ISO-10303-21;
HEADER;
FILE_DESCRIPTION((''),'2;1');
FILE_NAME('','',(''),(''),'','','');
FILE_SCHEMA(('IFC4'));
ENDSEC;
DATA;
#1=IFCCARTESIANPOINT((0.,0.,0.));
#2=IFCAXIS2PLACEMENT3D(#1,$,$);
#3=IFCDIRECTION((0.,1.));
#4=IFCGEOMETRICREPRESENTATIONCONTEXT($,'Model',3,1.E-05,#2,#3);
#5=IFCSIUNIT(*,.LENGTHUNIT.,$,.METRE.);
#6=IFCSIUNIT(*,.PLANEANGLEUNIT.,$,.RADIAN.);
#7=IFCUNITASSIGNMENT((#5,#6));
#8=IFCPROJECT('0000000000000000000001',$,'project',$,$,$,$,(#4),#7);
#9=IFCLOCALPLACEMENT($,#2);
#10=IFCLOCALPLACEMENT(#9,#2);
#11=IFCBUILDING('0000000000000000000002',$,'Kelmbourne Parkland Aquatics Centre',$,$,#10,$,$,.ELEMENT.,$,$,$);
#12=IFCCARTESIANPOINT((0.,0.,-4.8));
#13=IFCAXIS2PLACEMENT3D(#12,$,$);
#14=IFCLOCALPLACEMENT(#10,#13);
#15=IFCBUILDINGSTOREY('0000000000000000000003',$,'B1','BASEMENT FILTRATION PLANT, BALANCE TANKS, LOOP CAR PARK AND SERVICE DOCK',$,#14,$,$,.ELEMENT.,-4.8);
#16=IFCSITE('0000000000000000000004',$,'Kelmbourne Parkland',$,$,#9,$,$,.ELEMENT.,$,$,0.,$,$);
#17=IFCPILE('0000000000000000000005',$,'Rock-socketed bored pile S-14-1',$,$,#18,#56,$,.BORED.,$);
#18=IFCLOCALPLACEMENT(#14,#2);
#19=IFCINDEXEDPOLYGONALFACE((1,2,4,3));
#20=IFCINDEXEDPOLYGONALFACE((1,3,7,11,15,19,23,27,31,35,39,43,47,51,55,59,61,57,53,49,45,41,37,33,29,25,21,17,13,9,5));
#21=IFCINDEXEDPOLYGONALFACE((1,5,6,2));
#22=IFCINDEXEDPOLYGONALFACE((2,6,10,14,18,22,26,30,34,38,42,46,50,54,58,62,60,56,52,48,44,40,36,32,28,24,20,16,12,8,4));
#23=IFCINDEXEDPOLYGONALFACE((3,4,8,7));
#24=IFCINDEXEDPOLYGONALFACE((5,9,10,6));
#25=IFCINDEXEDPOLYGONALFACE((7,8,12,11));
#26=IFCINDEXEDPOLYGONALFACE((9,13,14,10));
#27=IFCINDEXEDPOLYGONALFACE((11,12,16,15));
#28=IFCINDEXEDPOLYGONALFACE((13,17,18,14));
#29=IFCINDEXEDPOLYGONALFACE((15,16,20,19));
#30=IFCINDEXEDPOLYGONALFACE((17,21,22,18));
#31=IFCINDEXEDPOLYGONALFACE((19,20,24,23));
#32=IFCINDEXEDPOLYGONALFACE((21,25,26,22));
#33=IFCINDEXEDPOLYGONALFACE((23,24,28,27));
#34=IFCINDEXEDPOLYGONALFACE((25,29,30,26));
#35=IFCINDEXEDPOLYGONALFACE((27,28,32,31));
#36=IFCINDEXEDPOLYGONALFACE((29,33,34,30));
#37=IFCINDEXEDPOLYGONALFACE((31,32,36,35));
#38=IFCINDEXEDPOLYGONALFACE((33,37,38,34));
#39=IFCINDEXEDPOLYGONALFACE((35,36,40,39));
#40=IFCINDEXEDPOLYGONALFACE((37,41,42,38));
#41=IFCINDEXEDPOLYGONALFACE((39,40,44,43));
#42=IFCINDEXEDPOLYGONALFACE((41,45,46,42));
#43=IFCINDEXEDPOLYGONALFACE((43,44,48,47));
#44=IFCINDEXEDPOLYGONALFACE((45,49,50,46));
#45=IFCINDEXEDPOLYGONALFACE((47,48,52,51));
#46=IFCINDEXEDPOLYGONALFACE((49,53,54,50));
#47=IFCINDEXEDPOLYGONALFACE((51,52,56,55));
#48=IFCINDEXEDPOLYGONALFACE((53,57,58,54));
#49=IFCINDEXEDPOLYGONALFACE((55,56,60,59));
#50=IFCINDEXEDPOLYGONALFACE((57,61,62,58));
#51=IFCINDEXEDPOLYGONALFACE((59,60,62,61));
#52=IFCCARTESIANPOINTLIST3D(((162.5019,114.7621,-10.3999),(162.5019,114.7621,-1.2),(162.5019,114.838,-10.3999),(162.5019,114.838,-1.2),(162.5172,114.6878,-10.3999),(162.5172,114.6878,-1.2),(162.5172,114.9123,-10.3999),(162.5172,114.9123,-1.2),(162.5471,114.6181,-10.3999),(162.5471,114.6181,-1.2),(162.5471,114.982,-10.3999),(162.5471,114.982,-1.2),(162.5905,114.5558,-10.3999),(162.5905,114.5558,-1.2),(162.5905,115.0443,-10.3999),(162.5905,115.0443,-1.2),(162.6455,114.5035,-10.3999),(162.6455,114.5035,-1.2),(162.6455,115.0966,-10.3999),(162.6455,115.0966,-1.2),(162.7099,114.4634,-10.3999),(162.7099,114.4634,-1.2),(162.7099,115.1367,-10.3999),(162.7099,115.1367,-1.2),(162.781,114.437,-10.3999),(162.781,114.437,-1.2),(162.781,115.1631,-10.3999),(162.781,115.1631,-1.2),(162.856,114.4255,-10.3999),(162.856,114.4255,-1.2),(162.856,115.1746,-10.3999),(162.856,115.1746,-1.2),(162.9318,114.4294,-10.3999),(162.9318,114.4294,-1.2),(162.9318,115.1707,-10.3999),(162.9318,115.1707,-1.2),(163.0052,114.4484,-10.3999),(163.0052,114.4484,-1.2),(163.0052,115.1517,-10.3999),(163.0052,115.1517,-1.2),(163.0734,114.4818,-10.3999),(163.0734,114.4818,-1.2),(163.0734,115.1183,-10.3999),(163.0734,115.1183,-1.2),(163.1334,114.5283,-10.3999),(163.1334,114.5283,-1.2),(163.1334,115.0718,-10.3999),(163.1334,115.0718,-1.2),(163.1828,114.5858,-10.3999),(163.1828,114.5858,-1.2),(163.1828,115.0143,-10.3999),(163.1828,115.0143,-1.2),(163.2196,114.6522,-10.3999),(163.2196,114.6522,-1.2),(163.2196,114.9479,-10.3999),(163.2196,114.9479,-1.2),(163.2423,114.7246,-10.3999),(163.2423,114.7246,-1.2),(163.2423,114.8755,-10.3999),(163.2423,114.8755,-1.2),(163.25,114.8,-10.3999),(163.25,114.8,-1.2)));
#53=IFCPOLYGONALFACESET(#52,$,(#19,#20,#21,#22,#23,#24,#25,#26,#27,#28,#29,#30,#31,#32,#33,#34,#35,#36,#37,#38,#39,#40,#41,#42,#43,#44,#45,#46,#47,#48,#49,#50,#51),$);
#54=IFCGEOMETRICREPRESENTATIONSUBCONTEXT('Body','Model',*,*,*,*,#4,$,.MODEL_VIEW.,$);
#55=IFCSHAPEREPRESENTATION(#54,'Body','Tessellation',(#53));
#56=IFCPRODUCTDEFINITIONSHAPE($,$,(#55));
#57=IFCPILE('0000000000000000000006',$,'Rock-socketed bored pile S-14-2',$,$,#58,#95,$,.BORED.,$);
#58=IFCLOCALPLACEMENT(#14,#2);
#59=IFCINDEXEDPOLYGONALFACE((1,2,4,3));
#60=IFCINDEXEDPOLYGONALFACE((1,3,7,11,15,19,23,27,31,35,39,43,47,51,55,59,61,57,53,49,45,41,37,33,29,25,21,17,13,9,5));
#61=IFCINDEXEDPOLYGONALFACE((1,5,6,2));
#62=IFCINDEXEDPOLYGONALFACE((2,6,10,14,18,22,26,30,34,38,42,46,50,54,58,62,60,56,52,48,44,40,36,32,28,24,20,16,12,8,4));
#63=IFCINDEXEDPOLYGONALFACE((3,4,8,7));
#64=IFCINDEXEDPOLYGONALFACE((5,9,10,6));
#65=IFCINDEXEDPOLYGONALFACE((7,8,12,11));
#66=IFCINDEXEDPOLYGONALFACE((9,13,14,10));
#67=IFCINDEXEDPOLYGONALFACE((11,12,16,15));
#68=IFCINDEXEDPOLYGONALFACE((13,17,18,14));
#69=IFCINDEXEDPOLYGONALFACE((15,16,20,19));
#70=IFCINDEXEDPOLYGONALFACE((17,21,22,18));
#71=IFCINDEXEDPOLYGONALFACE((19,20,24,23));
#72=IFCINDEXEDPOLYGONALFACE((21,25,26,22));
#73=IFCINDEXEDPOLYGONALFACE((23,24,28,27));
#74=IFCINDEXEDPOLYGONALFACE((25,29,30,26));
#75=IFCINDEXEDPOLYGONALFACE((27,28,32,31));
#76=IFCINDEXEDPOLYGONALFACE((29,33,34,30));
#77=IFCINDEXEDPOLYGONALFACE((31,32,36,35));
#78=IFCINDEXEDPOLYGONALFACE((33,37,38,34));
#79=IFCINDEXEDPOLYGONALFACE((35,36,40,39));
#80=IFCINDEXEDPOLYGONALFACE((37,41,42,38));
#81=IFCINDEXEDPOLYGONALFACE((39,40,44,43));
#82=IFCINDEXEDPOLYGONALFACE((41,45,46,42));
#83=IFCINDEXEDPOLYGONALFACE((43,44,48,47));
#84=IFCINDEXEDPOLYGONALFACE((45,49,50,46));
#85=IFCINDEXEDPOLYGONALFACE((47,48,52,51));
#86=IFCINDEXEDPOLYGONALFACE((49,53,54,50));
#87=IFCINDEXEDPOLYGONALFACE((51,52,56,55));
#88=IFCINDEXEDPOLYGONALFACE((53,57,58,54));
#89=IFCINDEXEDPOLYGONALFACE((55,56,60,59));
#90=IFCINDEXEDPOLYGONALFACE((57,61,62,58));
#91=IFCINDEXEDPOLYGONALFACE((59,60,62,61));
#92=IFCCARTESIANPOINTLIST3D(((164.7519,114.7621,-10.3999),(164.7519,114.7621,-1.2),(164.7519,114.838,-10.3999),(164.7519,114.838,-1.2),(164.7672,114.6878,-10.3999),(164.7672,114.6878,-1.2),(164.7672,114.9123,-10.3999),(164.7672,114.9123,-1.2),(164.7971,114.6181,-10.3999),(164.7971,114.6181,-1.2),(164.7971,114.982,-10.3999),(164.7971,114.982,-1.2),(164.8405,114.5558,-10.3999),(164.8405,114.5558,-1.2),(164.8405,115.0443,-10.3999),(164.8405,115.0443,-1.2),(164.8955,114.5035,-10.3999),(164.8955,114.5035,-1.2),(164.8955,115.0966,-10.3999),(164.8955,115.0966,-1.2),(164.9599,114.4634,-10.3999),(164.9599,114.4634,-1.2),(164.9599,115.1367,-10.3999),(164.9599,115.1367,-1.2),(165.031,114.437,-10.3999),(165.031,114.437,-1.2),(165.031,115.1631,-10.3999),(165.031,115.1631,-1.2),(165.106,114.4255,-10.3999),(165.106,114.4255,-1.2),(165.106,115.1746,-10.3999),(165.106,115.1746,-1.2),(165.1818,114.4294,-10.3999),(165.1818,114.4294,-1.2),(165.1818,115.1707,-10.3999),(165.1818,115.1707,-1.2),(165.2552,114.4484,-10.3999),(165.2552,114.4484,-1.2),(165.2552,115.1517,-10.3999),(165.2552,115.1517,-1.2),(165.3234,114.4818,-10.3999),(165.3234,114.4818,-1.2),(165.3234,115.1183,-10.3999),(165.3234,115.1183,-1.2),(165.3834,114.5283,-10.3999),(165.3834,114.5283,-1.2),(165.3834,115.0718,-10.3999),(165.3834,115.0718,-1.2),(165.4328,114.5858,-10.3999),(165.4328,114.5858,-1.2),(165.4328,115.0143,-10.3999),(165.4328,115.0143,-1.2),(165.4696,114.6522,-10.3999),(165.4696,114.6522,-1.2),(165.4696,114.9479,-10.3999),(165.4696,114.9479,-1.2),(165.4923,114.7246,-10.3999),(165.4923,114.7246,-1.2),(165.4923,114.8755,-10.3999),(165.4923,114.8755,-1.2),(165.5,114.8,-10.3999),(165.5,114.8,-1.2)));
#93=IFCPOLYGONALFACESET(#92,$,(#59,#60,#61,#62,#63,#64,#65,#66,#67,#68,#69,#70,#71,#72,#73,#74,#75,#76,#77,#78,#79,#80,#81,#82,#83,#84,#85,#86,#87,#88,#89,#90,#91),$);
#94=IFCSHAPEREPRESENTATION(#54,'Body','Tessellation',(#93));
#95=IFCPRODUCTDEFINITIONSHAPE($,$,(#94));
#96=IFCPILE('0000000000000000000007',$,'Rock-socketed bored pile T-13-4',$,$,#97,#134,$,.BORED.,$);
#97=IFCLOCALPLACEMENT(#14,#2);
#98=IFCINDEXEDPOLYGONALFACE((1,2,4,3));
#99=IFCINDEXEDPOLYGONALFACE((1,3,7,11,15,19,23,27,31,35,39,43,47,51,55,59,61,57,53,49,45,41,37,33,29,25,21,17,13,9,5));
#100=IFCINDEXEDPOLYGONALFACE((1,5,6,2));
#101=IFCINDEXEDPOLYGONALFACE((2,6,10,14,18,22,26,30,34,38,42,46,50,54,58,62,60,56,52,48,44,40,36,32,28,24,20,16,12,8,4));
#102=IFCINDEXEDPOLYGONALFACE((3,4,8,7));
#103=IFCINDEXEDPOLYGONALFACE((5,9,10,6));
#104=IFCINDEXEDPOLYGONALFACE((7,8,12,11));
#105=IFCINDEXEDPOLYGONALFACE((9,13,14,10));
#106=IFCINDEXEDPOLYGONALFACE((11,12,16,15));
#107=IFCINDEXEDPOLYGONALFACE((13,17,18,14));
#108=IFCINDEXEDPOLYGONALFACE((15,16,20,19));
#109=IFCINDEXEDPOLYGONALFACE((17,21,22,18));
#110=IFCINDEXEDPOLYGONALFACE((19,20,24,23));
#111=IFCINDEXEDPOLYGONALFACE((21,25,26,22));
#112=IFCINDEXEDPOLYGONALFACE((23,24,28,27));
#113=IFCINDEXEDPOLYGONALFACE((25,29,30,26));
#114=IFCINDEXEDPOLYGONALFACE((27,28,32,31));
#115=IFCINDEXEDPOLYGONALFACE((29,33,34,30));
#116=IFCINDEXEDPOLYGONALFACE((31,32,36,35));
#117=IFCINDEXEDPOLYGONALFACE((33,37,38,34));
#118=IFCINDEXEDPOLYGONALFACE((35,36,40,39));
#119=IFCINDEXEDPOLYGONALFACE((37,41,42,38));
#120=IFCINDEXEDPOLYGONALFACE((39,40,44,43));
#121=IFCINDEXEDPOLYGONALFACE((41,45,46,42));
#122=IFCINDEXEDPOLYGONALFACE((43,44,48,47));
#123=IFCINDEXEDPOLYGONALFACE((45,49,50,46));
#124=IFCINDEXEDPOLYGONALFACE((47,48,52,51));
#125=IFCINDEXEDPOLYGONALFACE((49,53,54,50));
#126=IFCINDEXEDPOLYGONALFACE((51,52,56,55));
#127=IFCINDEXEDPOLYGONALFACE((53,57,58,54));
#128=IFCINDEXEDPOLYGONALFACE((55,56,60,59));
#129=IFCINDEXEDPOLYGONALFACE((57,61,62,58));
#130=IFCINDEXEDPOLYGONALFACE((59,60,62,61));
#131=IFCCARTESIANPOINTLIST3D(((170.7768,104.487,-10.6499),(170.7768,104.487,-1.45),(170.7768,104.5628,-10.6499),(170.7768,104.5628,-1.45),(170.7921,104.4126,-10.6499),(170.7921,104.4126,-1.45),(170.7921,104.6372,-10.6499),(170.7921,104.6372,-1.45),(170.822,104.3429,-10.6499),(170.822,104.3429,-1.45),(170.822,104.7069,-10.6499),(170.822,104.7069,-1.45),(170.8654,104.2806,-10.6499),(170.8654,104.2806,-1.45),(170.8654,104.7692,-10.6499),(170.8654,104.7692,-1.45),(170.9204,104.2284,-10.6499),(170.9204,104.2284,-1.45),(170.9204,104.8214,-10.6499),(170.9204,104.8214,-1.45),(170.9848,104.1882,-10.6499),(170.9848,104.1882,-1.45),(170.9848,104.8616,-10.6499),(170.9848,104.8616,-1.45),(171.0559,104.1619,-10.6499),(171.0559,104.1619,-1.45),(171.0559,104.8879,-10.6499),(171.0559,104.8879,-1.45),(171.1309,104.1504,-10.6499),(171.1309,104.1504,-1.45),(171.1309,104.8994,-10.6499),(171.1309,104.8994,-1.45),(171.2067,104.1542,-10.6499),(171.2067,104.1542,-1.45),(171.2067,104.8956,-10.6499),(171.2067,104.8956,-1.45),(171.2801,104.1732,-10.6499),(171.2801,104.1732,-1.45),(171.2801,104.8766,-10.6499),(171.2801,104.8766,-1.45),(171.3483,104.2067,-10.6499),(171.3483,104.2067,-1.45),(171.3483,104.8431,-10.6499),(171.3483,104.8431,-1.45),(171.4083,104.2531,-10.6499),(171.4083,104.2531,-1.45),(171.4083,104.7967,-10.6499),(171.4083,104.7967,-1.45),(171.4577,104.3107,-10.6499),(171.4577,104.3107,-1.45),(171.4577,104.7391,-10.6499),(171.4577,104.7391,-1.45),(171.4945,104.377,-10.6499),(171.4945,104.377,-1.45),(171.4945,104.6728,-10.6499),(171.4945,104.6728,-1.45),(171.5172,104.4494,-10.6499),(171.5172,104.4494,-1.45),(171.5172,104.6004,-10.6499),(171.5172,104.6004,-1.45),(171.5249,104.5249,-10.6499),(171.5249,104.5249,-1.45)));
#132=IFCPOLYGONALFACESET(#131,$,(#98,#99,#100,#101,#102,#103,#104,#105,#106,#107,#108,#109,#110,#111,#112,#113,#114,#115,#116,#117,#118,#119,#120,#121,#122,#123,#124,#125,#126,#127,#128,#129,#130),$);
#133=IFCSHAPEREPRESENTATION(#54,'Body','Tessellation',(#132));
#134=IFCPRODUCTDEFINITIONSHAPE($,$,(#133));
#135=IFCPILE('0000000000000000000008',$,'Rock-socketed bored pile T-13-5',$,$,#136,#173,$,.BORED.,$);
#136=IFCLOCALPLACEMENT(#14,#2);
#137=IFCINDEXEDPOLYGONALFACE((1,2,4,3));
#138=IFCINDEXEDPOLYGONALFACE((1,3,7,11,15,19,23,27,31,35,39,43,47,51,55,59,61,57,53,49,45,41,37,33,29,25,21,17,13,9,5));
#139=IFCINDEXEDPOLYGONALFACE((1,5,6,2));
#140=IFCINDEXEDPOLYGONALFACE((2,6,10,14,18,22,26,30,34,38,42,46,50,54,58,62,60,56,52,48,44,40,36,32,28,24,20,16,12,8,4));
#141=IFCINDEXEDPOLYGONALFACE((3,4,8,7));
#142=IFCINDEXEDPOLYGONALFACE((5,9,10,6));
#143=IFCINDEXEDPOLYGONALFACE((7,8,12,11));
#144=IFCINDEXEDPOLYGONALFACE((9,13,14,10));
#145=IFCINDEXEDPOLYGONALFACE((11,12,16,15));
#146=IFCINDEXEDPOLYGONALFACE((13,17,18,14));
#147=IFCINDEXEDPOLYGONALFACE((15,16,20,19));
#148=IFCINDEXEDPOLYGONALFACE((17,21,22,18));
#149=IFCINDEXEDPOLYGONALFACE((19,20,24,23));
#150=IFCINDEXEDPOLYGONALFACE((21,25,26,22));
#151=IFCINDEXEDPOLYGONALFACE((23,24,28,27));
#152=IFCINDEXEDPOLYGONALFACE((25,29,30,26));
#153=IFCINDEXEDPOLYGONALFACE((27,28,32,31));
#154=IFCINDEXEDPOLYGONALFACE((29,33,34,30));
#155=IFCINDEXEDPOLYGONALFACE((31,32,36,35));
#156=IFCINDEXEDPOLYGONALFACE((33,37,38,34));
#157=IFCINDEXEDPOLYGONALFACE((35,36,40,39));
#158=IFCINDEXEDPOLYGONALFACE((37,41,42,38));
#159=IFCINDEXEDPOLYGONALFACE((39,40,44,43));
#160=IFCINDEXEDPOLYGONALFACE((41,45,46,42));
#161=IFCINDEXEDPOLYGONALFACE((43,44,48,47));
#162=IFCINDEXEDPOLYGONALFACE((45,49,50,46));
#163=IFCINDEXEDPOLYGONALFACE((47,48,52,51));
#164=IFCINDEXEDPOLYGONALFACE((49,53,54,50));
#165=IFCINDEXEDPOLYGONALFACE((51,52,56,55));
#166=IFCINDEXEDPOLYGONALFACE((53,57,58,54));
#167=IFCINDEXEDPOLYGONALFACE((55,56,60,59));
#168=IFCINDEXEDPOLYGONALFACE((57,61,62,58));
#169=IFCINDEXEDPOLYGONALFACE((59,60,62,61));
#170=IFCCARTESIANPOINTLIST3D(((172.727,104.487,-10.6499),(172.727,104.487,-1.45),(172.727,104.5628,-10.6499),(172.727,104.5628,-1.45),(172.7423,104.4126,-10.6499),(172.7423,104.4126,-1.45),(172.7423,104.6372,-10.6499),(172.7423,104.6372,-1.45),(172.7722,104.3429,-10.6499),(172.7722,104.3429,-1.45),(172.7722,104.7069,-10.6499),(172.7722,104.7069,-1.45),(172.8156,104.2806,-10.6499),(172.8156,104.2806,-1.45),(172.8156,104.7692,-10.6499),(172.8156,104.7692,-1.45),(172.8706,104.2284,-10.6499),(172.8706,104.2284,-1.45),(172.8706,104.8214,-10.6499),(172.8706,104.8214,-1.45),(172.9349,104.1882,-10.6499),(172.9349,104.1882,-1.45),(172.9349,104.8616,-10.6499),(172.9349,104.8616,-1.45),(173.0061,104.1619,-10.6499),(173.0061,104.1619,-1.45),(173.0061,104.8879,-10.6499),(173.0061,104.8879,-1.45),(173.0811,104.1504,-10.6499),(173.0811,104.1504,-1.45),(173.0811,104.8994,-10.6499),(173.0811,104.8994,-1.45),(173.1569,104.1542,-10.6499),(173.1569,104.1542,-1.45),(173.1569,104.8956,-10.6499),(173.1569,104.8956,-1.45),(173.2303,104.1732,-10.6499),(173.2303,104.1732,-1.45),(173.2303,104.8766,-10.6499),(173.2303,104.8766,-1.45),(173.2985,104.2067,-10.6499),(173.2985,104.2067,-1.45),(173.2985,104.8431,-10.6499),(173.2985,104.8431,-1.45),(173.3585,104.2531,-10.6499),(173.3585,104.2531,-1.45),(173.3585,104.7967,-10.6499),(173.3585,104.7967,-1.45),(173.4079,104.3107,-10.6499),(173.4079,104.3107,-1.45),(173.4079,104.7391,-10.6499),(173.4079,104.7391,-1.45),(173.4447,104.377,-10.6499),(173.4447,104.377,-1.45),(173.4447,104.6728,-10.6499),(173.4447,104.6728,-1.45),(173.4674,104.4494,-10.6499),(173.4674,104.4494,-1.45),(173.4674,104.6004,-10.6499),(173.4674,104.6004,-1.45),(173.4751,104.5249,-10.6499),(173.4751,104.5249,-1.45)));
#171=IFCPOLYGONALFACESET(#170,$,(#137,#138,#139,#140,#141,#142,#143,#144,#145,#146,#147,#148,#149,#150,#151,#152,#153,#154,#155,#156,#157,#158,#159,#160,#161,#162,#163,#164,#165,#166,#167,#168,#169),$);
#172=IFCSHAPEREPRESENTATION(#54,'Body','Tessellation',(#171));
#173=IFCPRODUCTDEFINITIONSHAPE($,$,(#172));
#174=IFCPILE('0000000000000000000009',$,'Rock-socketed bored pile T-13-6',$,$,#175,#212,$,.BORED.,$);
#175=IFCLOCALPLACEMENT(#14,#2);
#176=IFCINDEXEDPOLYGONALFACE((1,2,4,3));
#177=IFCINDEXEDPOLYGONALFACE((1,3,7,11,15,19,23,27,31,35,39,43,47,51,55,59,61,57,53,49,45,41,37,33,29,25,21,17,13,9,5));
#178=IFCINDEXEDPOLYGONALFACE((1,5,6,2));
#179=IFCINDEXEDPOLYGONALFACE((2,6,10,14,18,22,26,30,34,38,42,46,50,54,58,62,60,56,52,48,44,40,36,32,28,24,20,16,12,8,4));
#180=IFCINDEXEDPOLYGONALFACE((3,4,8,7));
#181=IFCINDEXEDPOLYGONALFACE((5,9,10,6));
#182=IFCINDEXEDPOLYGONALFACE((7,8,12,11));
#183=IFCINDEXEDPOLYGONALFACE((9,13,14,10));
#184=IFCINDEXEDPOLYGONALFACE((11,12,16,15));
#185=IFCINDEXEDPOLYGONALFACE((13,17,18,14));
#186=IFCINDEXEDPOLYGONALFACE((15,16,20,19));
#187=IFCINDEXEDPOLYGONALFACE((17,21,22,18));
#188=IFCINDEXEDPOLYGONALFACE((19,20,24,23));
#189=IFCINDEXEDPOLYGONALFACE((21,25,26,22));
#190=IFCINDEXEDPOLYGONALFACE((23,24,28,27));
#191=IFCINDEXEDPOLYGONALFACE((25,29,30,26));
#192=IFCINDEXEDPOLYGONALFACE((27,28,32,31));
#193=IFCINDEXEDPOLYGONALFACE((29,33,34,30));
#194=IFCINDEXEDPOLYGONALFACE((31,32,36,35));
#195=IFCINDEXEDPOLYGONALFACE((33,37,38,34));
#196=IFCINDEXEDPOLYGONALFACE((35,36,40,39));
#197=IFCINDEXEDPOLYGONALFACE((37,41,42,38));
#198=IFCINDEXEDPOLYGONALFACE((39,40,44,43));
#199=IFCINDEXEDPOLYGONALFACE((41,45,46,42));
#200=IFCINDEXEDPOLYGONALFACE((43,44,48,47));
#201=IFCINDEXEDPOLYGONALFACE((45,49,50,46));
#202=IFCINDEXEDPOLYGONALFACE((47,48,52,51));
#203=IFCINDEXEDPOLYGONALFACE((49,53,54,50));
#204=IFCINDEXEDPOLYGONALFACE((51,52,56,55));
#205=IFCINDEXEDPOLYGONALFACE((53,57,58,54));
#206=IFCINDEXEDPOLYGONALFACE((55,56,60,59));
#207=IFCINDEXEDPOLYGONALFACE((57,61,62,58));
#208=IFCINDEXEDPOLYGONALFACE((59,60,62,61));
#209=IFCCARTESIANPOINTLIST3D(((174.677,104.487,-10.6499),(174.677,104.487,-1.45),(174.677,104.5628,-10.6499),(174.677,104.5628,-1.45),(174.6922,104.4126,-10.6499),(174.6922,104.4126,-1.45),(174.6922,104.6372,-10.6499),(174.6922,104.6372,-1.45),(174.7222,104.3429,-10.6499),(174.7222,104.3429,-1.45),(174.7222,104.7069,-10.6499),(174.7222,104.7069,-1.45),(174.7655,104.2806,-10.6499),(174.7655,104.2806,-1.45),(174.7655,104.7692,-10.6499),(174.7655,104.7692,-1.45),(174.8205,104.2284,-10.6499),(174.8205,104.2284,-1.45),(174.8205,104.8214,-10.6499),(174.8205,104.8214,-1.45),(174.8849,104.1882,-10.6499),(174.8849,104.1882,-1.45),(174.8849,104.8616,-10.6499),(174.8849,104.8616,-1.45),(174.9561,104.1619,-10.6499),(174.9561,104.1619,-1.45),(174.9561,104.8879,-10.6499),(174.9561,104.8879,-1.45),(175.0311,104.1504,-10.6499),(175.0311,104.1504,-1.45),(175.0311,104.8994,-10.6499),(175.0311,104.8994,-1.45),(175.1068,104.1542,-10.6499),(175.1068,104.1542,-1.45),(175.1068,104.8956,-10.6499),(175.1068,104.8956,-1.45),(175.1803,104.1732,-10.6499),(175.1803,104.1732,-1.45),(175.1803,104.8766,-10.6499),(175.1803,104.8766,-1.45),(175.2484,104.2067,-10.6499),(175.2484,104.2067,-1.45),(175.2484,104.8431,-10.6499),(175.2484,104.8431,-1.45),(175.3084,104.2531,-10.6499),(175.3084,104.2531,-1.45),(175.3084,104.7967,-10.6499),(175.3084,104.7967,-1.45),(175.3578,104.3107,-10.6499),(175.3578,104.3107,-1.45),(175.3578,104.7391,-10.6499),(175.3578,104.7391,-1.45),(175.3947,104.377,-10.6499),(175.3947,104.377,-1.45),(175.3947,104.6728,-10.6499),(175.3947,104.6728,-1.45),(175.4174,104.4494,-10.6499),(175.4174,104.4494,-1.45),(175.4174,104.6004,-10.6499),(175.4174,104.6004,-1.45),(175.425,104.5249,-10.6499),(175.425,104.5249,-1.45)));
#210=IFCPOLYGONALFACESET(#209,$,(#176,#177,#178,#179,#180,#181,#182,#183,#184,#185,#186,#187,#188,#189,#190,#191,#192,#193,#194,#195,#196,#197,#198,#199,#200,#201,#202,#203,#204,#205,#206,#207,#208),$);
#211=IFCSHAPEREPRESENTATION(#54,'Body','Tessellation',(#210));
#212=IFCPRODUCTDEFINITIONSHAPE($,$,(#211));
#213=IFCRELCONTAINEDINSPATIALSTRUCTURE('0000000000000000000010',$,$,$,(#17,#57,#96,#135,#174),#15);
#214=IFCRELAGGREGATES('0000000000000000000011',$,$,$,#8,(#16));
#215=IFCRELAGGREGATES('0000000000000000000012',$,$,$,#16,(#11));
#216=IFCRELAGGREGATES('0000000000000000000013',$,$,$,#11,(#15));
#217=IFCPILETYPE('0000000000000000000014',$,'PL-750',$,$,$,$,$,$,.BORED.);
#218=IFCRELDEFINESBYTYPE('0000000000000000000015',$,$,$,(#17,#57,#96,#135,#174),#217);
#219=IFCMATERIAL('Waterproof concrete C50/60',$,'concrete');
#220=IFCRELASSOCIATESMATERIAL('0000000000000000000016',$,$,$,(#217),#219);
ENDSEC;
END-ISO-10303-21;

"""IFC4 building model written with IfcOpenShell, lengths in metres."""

from ifc_helpers import new_model, si_unit, direction, frame, origin, origin_2d, place, context, subcontext, project, spatial, circle, extrude, material, material_profile, profile_set, type_object, element, save


model = new_model("IFC4")

# Units and contexts
model_context = context("Model", 3, precision=1e-05, world=origin(), true_north=direction((0.0, 1.0)))
body_context = subcontext(model_context, "Body", "Model", "MODEL_VIEW")
ifc_project = project(units=[si_unit("LENGTHUNIT", "METRE"), si_unit("PLANEANGLEUNIT", "RADIAN")], contexts=[model_context])

# Site, building, storey
site_placement = place(None, origin())
site = spatial("IfcSite", under=ifc_project, at=site_placement, Name="Kelmbourne Parkland", CompositionType="ELEMENT", RefElevation=0.0)
building_placement = place(site_placement, origin())
building = spatial("IfcBuilding", under=site, at=building_placement, Name="Kelmbourne Parkland Aquatics Centre", CompositionType="ELEMENT")
storey_placement = place(building_placement, frame((0.0, 0.0, -4.8)))
storey = spatial("IfcBuildingStorey", under=building, at=storey_placement, Name="B1", Description="BASEMENT FILTRATION PLANT, BALANCE TANKS, LOOP CAR PARK AND SERVICE DOCK", CompositionType="ELEMENT", Elevation=-4.8)

# Shared definitions
ifc_material_1 = material(Name="Waterproof concrete C50/60", Category="concrete")

# Piles
ifc_material_profile_1 = material_profile(ifc_material_1, circle(Radius=0.375, at=origin_2d()), Name="PILE D750")
ifc_profile_set_1 = profile_set([ifc_material_profile_1], Name="Waterproof concrete C50/60")
pile_type_1 = type_object("IfcPileType", Name="PL-750", PredefinedType="BORED", material=ifc_profile_set_1)
for number, where, z_axis, x_axis, name in (
    (1, (162.875, 114.8, -1.2), (0.0, 0.0, -1.0), (1.0, 0.0, 0.0), "Rock-socketed bored pile S-14-1"),
    (2, (165.125, 114.8, -1.2), (0.0, 0.0, -1.0), (1.0, 0.0, 0.0), "Rock-socketed bored pile S-14-2"),
    (3, (171.1499, 104.5249, -1.45), (0.0, 0.0, -1.0), (1.0, 0.0, 0.0), "Rock-socketed bored pile T-13-4"),
    (4, (173.1001, 104.5249, -1.45), (0.0, 0.0, -1.0), (1.0, 0.0, 0.0), "Rock-socketed bored pile T-13-5"),
    (5, (175.05, 104.5249, -1.45), (0.0, 0.0, -1.0), (1.0, 0.0, 0.0), "Rock-socketed bored pile T-13-6"),
):
    element("IfcPile", number, at=place(storey_placement, frame(where, z_axis=z_axis, x_axis=x_axis)), inside=storey, type_object=pile_type_1, Name=name, PredefinedType="BORED", context=body_context, shape_type="SweptSolid", body=[
        extrude(circle(Radius=0.375, at=origin_2d()), origin(), (0.0, 0.0, 1.0), 9.2),
    ])

save(model, "model.ifc")
